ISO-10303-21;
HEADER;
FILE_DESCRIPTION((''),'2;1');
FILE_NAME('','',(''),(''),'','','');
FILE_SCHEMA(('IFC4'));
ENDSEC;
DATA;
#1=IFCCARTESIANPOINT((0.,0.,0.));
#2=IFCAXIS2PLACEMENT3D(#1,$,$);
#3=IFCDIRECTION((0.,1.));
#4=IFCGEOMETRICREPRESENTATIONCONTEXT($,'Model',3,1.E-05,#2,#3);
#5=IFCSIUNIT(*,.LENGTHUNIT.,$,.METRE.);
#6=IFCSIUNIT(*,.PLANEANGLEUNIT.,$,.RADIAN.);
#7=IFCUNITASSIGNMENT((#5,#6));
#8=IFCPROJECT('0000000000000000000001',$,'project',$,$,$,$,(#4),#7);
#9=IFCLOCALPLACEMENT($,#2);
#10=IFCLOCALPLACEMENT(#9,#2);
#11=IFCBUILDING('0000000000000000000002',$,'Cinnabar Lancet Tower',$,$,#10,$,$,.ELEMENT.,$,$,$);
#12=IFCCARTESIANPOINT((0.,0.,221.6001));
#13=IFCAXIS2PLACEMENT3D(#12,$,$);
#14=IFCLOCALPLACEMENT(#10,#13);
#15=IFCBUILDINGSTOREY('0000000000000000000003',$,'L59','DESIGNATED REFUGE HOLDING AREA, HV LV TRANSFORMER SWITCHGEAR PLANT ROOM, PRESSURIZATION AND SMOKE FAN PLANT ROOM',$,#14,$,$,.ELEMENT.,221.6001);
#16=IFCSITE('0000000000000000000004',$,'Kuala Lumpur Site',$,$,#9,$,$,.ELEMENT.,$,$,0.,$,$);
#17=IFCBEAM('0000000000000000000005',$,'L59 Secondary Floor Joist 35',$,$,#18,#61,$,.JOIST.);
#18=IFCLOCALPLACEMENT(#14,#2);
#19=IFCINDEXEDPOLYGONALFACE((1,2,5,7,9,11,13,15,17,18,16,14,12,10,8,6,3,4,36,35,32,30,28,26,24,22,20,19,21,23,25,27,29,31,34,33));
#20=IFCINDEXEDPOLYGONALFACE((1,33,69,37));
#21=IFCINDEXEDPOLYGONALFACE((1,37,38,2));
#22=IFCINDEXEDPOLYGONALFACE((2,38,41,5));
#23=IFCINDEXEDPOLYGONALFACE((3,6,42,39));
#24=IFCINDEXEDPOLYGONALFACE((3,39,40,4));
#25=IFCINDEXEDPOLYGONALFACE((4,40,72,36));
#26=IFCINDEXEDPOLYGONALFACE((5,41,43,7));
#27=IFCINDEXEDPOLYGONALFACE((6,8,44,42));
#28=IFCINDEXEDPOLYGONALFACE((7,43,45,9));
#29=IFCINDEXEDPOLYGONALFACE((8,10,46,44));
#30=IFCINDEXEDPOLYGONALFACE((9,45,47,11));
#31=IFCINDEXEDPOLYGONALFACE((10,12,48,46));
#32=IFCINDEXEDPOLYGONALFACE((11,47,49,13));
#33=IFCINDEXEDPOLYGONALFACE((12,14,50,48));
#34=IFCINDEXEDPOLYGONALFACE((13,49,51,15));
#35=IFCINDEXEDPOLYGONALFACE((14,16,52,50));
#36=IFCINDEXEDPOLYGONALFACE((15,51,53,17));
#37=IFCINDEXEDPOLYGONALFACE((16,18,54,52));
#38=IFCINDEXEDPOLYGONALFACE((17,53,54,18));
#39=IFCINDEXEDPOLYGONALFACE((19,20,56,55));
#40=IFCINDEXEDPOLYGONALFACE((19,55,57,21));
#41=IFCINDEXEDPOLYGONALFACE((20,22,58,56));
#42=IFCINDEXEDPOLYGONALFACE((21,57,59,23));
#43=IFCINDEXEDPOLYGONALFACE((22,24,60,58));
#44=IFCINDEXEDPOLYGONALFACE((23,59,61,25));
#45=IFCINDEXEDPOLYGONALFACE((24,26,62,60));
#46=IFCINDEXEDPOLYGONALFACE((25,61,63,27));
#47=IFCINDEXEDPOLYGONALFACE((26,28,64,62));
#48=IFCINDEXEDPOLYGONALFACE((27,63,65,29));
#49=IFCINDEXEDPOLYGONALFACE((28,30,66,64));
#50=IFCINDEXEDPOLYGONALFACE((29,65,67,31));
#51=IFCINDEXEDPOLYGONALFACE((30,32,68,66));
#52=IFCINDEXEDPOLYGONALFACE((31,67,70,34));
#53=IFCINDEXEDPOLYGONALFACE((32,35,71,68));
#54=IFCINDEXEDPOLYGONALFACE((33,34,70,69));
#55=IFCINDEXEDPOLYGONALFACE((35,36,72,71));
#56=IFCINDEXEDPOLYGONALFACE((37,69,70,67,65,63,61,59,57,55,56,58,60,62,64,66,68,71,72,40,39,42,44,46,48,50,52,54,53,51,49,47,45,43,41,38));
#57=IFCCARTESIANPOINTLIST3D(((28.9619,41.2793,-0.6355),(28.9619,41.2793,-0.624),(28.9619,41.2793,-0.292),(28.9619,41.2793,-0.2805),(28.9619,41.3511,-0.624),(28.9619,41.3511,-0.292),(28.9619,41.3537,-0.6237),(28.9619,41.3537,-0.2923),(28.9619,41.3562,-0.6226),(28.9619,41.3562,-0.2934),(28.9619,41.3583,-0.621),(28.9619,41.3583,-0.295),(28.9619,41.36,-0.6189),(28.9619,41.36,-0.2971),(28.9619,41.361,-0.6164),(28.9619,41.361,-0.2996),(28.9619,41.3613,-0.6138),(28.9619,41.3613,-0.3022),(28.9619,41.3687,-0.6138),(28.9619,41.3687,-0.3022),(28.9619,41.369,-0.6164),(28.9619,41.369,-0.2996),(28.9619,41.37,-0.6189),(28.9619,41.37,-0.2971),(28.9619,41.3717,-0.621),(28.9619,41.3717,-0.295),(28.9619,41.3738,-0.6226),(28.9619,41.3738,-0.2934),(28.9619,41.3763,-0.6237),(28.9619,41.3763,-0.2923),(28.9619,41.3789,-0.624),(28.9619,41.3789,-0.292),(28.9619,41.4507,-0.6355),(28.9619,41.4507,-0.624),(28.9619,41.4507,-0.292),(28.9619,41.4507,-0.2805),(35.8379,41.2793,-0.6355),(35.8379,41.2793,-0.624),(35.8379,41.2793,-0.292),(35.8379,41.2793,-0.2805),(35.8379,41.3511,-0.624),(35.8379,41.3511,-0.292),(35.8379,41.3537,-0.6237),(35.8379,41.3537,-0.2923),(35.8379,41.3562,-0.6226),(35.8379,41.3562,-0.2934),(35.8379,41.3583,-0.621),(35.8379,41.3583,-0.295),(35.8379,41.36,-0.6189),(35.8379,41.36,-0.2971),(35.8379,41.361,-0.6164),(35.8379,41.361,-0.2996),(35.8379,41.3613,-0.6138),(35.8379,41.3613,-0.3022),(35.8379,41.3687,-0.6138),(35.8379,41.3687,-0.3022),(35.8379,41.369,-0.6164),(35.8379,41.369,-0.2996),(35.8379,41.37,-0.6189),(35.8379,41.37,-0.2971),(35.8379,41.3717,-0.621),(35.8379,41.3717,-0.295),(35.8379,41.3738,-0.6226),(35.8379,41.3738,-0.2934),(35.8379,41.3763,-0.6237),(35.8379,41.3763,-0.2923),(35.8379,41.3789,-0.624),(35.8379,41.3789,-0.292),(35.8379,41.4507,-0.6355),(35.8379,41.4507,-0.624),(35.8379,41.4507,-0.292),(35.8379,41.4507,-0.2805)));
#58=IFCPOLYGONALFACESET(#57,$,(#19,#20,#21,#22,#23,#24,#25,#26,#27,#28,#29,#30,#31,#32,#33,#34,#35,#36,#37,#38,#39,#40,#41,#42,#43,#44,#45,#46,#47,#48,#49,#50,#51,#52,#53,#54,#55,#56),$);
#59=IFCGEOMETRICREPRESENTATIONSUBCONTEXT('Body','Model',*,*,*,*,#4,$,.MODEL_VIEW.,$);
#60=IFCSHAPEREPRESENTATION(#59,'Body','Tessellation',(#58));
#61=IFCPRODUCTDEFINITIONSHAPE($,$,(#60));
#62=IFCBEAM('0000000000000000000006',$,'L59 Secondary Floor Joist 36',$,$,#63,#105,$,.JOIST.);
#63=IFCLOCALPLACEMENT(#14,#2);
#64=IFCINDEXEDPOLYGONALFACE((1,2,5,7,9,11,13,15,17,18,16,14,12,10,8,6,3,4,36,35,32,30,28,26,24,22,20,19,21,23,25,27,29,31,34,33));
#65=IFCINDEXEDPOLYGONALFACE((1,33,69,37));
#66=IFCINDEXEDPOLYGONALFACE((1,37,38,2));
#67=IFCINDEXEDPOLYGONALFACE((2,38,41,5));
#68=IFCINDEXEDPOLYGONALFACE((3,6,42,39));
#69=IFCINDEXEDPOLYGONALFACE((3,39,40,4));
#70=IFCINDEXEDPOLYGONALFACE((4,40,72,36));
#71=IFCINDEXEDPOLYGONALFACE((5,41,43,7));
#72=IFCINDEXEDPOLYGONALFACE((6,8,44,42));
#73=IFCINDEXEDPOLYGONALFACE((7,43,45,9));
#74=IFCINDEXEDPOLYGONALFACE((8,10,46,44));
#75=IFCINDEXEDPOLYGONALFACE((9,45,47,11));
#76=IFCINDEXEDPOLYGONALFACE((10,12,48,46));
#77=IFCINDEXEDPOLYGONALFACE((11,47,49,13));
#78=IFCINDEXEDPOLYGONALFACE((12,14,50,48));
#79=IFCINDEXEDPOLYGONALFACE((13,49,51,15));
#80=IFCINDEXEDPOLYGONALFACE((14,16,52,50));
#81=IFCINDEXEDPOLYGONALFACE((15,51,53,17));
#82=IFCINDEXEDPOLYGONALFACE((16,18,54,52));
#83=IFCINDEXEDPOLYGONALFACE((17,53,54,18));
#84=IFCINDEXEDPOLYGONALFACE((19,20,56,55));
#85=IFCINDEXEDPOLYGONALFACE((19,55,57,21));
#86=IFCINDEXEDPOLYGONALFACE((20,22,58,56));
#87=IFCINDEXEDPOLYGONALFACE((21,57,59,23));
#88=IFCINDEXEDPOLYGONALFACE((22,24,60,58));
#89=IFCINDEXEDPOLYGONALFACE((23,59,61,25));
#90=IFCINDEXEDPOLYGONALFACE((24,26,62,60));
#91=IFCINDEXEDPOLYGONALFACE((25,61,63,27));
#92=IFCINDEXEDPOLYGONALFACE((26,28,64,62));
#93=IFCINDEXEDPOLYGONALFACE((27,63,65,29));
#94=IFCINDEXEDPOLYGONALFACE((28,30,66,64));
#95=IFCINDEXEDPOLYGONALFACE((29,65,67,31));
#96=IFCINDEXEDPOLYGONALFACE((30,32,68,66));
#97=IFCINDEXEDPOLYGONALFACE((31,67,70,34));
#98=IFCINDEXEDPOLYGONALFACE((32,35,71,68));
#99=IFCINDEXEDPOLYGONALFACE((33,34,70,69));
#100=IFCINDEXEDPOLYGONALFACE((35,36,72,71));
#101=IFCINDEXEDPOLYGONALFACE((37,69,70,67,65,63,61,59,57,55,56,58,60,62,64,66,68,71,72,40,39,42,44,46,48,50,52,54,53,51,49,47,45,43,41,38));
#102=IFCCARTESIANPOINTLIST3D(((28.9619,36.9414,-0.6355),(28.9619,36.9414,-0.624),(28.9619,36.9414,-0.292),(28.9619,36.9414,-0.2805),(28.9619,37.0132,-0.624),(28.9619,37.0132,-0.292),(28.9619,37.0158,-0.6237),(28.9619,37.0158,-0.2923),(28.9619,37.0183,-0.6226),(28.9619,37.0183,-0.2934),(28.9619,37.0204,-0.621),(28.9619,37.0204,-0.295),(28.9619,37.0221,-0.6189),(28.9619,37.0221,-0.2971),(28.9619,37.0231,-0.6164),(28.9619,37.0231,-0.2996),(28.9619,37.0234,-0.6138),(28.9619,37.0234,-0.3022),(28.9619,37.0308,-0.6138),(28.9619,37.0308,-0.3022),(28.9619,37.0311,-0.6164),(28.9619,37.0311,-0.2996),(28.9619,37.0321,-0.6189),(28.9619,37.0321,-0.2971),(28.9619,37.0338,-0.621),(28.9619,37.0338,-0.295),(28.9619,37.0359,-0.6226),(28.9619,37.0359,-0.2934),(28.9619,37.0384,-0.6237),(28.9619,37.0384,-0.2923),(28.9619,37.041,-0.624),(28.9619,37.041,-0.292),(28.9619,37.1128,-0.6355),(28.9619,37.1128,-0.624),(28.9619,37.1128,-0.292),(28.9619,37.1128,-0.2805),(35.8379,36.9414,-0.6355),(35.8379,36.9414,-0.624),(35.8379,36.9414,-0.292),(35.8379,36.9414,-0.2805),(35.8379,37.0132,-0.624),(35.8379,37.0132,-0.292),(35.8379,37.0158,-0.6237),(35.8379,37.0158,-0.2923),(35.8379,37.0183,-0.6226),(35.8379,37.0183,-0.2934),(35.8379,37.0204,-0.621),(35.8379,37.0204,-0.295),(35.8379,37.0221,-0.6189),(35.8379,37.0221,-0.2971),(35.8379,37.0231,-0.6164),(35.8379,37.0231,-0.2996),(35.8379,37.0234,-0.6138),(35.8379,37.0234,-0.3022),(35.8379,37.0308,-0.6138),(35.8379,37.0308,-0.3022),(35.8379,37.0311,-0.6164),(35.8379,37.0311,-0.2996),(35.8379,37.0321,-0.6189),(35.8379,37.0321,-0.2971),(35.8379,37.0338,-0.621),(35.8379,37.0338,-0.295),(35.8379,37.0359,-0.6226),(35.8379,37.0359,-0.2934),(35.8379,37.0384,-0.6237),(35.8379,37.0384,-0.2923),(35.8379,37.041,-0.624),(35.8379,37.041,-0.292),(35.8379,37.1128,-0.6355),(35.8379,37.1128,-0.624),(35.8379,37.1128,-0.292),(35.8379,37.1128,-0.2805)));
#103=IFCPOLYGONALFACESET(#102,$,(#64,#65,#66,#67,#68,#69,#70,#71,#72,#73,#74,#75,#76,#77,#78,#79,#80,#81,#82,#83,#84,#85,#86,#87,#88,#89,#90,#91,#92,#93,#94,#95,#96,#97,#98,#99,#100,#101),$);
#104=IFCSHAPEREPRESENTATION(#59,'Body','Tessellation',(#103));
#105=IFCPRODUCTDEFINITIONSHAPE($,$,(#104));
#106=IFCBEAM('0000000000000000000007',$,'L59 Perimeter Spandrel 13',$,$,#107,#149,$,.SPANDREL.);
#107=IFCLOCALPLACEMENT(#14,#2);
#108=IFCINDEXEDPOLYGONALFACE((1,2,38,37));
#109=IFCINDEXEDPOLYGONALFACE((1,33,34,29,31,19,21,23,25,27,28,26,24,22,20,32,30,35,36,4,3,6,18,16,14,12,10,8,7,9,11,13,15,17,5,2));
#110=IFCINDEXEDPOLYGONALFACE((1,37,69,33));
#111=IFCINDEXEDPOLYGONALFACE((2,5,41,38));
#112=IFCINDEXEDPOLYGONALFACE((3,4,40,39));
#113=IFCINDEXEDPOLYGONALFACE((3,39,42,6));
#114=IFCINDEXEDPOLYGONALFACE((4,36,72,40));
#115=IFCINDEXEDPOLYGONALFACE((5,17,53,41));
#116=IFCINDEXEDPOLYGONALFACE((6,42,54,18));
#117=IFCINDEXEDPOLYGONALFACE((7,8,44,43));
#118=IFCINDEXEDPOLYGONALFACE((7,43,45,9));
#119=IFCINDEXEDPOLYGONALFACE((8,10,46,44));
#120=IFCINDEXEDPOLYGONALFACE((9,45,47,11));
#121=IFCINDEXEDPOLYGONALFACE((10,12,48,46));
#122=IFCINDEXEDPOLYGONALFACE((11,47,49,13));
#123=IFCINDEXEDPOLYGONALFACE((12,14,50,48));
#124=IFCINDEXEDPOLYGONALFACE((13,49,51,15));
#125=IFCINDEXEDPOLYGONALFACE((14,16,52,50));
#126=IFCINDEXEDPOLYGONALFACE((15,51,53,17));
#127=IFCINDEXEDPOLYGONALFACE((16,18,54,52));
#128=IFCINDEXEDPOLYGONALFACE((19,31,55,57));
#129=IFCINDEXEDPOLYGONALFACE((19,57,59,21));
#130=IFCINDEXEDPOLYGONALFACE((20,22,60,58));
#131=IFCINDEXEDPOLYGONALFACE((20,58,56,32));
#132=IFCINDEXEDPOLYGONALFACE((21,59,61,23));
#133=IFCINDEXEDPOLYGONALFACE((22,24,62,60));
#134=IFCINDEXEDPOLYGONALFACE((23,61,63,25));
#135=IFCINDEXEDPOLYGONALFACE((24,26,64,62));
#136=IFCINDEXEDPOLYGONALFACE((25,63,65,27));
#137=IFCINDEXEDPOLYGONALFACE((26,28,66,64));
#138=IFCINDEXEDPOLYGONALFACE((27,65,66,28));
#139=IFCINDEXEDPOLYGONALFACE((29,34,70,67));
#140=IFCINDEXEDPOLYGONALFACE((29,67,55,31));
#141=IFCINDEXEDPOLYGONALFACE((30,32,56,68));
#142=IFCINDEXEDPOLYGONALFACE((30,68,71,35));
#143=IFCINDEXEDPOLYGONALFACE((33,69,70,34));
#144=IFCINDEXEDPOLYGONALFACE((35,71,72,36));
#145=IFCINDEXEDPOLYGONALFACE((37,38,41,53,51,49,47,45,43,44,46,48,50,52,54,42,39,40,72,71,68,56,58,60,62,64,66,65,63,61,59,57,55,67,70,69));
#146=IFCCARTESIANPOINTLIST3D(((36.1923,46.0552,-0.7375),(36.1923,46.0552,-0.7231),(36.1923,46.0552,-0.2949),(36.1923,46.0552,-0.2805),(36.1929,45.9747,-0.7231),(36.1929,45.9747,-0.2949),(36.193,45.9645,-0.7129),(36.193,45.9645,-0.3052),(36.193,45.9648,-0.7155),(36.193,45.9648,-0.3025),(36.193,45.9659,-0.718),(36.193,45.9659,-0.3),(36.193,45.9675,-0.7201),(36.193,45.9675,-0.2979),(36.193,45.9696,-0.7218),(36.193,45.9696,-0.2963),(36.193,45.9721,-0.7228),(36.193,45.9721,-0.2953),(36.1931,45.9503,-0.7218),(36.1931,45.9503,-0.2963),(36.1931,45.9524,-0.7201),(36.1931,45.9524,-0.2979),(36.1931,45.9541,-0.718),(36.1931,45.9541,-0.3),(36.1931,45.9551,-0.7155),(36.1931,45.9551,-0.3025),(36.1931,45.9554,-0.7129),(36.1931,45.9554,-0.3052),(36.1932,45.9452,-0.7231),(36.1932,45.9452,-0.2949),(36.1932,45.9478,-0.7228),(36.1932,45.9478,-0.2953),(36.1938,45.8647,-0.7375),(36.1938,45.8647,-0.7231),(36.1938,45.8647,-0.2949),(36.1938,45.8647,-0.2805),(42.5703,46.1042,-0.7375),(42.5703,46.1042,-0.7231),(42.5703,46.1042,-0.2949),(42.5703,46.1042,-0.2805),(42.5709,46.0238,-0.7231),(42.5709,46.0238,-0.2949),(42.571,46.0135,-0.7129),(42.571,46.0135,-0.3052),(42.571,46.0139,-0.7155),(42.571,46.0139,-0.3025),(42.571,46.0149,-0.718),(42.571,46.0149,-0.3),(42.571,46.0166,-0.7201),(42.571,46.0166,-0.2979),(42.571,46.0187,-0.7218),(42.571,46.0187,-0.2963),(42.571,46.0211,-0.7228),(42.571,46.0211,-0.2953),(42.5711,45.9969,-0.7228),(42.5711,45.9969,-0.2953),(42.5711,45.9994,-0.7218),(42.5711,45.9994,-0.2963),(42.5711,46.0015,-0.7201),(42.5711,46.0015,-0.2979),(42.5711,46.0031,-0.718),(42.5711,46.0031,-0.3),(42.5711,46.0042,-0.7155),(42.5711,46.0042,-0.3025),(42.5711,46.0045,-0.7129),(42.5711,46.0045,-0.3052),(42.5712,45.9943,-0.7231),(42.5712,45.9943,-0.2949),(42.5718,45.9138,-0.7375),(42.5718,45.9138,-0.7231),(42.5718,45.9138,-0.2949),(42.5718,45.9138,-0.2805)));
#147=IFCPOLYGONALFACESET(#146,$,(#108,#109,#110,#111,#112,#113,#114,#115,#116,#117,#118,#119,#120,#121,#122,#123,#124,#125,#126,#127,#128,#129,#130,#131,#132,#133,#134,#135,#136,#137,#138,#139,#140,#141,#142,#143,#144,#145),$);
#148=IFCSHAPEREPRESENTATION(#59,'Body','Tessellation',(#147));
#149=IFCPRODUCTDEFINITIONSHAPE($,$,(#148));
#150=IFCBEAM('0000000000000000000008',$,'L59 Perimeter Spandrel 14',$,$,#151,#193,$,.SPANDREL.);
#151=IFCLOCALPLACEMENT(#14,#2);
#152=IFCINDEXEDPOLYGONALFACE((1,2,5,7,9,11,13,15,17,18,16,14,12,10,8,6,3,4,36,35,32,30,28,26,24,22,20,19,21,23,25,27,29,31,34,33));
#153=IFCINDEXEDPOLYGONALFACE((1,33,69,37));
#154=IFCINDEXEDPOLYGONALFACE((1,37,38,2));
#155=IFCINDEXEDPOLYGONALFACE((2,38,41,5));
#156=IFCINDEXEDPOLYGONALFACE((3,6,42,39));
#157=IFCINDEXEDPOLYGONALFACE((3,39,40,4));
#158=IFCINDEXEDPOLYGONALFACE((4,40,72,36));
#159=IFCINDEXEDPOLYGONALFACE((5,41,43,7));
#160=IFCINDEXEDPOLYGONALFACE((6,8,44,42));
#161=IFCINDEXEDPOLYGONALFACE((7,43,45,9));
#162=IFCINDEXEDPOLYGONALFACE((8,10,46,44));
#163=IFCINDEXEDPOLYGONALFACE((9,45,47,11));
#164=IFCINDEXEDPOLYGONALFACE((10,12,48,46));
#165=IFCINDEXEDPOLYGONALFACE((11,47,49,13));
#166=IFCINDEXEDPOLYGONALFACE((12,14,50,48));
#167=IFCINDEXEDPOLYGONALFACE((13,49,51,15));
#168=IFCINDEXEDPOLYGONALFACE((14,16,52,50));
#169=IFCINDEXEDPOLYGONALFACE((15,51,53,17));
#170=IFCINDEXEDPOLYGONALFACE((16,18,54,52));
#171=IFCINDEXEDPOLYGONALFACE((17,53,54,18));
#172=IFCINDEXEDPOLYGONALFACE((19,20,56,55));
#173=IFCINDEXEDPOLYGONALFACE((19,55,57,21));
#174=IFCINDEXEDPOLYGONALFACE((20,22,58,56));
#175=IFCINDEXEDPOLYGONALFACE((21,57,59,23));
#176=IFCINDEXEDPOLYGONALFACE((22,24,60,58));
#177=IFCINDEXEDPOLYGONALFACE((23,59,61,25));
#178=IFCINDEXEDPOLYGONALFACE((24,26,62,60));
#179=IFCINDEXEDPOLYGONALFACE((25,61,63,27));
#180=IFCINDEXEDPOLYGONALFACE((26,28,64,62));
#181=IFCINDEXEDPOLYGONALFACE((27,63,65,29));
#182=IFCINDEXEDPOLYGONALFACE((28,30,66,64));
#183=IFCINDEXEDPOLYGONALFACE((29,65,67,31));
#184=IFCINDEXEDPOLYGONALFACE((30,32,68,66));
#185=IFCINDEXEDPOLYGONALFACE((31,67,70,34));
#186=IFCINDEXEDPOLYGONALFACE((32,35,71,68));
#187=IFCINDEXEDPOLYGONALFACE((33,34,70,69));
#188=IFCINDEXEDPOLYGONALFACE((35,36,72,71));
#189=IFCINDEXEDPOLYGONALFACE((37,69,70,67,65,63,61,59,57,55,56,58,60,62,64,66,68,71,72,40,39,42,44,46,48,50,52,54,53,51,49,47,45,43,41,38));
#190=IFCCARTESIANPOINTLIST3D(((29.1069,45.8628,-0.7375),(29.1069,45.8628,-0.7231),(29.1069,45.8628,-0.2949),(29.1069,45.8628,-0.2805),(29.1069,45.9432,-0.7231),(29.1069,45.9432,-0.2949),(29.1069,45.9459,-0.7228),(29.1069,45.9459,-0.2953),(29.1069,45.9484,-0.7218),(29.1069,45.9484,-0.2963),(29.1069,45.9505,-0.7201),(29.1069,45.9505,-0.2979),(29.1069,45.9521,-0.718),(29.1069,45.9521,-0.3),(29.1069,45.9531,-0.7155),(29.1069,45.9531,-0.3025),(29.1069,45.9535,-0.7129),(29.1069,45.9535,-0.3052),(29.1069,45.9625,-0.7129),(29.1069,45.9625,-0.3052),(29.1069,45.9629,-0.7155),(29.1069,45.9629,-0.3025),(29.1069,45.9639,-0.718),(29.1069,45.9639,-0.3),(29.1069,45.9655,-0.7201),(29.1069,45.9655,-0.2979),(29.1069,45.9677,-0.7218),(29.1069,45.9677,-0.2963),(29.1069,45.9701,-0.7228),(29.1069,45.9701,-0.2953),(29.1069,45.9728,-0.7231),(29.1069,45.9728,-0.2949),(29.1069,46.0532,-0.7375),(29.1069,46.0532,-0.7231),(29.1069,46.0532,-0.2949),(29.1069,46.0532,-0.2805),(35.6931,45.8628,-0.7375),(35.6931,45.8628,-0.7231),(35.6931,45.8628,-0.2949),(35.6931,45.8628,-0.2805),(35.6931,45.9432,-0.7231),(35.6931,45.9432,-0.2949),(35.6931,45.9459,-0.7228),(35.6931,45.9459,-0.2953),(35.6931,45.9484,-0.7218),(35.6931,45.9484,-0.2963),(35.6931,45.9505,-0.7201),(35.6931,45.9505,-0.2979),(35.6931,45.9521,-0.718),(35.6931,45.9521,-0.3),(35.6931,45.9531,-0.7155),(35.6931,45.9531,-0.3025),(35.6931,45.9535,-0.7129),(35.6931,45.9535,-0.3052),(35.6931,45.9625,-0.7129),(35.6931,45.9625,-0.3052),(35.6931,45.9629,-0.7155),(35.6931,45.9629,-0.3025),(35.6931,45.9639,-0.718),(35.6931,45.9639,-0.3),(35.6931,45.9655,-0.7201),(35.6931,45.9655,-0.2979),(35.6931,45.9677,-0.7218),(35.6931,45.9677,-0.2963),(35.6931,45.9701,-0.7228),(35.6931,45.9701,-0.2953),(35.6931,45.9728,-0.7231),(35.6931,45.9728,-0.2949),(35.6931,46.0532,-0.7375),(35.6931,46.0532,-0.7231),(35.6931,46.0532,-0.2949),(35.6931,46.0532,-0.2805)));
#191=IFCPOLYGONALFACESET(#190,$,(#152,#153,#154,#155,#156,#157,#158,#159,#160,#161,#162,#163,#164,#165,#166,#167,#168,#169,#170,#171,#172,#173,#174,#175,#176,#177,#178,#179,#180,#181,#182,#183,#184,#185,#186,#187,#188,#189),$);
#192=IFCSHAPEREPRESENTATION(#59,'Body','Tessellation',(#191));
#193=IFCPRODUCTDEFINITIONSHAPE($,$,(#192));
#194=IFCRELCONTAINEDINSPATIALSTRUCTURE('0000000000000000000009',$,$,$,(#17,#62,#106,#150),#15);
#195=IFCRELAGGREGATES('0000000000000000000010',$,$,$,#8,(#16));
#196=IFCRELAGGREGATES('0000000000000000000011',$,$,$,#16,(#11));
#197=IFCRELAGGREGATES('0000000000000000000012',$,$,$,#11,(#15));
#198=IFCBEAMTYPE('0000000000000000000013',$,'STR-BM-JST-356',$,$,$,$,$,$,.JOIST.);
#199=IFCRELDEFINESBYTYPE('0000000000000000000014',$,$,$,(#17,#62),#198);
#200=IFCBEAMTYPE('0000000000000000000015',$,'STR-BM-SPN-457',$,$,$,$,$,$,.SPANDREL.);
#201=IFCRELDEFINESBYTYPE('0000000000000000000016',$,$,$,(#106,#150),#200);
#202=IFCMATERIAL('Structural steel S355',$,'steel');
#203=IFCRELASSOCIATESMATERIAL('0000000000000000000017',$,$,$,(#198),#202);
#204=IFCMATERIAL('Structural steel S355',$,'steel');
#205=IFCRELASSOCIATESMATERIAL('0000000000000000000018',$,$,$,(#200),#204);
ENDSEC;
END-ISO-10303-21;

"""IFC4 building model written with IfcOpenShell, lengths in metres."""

from ifc_helpers import new_model, si_unit, direction, frame, origin, origin_2d, place, context, subcontext, project, spatial, i_section, extrude, material, material_profile, profile_set, type_object, element, save


model = new_model("IFC4")

# Units and contexts
model_context = context("Model", 3, precision=1e-05, world=origin(), true_north=direction((0.0, 1.0)))
body_context = subcontext(model_context, "Body", "Model", "MODEL_VIEW")
ifc_project = project(units=[si_unit("LENGTHUNIT", "METRE"), si_unit("PLANEANGLEUNIT", "RADIAN")], contexts=[model_context])

# Site, building, storey
site_placement = place(None, origin())
site = spatial("IfcSite", under=ifc_project, at=site_placement, Name="Kuala Lumpur Site", CompositionType="ELEMENT", RefElevation=0.0)
building_placement = place(site_placement, origin())
building = spatial("IfcBuilding", under=site, at=building_placement, Name="Cinnabar Lancet Tower", CompositionType="ELEMENT")
storey_placement = place(building_placement, frame((0.0, 0.0, 221.6001)))
storey = spatial("IfcBuildingStorey", under=building, at=storey_placement, Name="L59", Description="DESIGNATED REFUGE HOLDING AREA, HV LV TRANSFORMER SWITCHGEAR PLANT ROOM, PRESSURIZATION AND SMOKE FAN PLANT ROOM", CompositionType="ELEMENT", Elevation=221.6001)

# Beams
ifc_material_1 = material(Name="Structural steel S355", Category="steel")
ifc_material_profile_1 = material_profile(ifc_material_1, i_section(OverallWidth=0.1714, OverallDepth=0.355, WebThickness=0.0073, FlangeThickness=0.0115, FilletRadius=0.0103, at=origin_2d()), Name="UKB 356x171x51")
ifc_profile_set_1 = profile_set([ifc_material_profile_1], Name="Structural steel S355")
beam_type_1 = type_object("IfcBeamType", Name="STR-BM-JST-356", PredefinedType="JOIST", material=ifc_profile_set_1)
for number, where, z_axis, x_axis, name in (
    (1, (35.8379, 41.365, -0.458), (-1.0, 0.0, 0.0), (0.0, -1.0, 0.0), "L59 Secondary Floor Joist 35"),
    (2, (35.8379, 37.0271, -0.458), (-1.0, 0.0, 0.0), (0.0, -1.0, 0.0), "L59 Secondary Floor Joist 36"),
):
    element("IfcBeam", number, at=place(storey_placement, frame(where, z_axis=z_axis, x_axis=x_axis)), inside=storey, type_object=beam_type_1, Name=name, PredefinedType="JOIST", context=body_context, shape_type="SweptSolid", body=[
        extrude(i_section(OverallWidth=0.1714, OverallDepth=0.355, WebThickness=0.0073, FlangeThickness=0.0115, FilletRadius=0.0103, at=origin_2d()), origin(), (0.0, 0.0, 1.0), 6.876),
    ])
ifc_material_2 = material(Name="Structural steel S355", Category="steel")
ifc_material_profile_2 = material_profile(ifc_material_2, i_section(OverallWidth=0.1904, OverallDepth=0.457, WebThickness=0.009, FlangeThickness=0.0144, FilletRadius=0.0103, at=origin_2d()), Name="UKB 457x191x74")
ifc_profile_set_2 = profile_set([ifc_material_profile_2], Name="Structural steel S355")
beam_type_2 = type_object("IfcBeamType", Name="STR-BM-SPN-457", PredefinedType="SPANDREL", material=ifc_profile_set_2)
beam_1_placement = place(storey_placement, frame((42.571, 46.009, -0.509), z_axis=(-0.99997, -0.007694, 0.0), x_axis=(0.007694, -0.99997, 0.0)))
element("IfcBeam", 3, at=beam_1_placement, inside=storey, type_object=beam_type_2, Name="L59 Perimeter Spandrel 13", PredefinedType="SPANDREL", context=body_context, shape_type="SweptSolid", body=[
    extrude(i_section(OverallWidth=0.1904, OverallDepth=0.457, WebThickness=0.009, FlangeThickness=0.0144, FilletRadius=0.0103, at=origin_2d()), origin(), (0.0, 0.0, 1.0), 6.3782),
])
beam_2_placement = place(storey_placement, frame((35.6931, 45.958, -0.509), z_axis=(-1.0, 0.0, 0.0), x_axis=(0.0, -1.0, 0.0)))
element("IfcBeam", 4, at=beam_2_placement, inside=storey, type_object=beam_type_2, Name="L59 Perimeter Spandrel 14", PredefinedType="SPANDREL", context=body_context, shape_type="SweptSolid", body=[
    extrude(i_section(OverallWidth=0.1904, OverallDepth=0.457, WebThickness=0.009, FlangeThickness=0.0144, FilletRadius=0.0103, at=origin_2d()), origin(), (0.0, 0.0, 1.0), 6.5862),
])

save(model, "model.ifc")
